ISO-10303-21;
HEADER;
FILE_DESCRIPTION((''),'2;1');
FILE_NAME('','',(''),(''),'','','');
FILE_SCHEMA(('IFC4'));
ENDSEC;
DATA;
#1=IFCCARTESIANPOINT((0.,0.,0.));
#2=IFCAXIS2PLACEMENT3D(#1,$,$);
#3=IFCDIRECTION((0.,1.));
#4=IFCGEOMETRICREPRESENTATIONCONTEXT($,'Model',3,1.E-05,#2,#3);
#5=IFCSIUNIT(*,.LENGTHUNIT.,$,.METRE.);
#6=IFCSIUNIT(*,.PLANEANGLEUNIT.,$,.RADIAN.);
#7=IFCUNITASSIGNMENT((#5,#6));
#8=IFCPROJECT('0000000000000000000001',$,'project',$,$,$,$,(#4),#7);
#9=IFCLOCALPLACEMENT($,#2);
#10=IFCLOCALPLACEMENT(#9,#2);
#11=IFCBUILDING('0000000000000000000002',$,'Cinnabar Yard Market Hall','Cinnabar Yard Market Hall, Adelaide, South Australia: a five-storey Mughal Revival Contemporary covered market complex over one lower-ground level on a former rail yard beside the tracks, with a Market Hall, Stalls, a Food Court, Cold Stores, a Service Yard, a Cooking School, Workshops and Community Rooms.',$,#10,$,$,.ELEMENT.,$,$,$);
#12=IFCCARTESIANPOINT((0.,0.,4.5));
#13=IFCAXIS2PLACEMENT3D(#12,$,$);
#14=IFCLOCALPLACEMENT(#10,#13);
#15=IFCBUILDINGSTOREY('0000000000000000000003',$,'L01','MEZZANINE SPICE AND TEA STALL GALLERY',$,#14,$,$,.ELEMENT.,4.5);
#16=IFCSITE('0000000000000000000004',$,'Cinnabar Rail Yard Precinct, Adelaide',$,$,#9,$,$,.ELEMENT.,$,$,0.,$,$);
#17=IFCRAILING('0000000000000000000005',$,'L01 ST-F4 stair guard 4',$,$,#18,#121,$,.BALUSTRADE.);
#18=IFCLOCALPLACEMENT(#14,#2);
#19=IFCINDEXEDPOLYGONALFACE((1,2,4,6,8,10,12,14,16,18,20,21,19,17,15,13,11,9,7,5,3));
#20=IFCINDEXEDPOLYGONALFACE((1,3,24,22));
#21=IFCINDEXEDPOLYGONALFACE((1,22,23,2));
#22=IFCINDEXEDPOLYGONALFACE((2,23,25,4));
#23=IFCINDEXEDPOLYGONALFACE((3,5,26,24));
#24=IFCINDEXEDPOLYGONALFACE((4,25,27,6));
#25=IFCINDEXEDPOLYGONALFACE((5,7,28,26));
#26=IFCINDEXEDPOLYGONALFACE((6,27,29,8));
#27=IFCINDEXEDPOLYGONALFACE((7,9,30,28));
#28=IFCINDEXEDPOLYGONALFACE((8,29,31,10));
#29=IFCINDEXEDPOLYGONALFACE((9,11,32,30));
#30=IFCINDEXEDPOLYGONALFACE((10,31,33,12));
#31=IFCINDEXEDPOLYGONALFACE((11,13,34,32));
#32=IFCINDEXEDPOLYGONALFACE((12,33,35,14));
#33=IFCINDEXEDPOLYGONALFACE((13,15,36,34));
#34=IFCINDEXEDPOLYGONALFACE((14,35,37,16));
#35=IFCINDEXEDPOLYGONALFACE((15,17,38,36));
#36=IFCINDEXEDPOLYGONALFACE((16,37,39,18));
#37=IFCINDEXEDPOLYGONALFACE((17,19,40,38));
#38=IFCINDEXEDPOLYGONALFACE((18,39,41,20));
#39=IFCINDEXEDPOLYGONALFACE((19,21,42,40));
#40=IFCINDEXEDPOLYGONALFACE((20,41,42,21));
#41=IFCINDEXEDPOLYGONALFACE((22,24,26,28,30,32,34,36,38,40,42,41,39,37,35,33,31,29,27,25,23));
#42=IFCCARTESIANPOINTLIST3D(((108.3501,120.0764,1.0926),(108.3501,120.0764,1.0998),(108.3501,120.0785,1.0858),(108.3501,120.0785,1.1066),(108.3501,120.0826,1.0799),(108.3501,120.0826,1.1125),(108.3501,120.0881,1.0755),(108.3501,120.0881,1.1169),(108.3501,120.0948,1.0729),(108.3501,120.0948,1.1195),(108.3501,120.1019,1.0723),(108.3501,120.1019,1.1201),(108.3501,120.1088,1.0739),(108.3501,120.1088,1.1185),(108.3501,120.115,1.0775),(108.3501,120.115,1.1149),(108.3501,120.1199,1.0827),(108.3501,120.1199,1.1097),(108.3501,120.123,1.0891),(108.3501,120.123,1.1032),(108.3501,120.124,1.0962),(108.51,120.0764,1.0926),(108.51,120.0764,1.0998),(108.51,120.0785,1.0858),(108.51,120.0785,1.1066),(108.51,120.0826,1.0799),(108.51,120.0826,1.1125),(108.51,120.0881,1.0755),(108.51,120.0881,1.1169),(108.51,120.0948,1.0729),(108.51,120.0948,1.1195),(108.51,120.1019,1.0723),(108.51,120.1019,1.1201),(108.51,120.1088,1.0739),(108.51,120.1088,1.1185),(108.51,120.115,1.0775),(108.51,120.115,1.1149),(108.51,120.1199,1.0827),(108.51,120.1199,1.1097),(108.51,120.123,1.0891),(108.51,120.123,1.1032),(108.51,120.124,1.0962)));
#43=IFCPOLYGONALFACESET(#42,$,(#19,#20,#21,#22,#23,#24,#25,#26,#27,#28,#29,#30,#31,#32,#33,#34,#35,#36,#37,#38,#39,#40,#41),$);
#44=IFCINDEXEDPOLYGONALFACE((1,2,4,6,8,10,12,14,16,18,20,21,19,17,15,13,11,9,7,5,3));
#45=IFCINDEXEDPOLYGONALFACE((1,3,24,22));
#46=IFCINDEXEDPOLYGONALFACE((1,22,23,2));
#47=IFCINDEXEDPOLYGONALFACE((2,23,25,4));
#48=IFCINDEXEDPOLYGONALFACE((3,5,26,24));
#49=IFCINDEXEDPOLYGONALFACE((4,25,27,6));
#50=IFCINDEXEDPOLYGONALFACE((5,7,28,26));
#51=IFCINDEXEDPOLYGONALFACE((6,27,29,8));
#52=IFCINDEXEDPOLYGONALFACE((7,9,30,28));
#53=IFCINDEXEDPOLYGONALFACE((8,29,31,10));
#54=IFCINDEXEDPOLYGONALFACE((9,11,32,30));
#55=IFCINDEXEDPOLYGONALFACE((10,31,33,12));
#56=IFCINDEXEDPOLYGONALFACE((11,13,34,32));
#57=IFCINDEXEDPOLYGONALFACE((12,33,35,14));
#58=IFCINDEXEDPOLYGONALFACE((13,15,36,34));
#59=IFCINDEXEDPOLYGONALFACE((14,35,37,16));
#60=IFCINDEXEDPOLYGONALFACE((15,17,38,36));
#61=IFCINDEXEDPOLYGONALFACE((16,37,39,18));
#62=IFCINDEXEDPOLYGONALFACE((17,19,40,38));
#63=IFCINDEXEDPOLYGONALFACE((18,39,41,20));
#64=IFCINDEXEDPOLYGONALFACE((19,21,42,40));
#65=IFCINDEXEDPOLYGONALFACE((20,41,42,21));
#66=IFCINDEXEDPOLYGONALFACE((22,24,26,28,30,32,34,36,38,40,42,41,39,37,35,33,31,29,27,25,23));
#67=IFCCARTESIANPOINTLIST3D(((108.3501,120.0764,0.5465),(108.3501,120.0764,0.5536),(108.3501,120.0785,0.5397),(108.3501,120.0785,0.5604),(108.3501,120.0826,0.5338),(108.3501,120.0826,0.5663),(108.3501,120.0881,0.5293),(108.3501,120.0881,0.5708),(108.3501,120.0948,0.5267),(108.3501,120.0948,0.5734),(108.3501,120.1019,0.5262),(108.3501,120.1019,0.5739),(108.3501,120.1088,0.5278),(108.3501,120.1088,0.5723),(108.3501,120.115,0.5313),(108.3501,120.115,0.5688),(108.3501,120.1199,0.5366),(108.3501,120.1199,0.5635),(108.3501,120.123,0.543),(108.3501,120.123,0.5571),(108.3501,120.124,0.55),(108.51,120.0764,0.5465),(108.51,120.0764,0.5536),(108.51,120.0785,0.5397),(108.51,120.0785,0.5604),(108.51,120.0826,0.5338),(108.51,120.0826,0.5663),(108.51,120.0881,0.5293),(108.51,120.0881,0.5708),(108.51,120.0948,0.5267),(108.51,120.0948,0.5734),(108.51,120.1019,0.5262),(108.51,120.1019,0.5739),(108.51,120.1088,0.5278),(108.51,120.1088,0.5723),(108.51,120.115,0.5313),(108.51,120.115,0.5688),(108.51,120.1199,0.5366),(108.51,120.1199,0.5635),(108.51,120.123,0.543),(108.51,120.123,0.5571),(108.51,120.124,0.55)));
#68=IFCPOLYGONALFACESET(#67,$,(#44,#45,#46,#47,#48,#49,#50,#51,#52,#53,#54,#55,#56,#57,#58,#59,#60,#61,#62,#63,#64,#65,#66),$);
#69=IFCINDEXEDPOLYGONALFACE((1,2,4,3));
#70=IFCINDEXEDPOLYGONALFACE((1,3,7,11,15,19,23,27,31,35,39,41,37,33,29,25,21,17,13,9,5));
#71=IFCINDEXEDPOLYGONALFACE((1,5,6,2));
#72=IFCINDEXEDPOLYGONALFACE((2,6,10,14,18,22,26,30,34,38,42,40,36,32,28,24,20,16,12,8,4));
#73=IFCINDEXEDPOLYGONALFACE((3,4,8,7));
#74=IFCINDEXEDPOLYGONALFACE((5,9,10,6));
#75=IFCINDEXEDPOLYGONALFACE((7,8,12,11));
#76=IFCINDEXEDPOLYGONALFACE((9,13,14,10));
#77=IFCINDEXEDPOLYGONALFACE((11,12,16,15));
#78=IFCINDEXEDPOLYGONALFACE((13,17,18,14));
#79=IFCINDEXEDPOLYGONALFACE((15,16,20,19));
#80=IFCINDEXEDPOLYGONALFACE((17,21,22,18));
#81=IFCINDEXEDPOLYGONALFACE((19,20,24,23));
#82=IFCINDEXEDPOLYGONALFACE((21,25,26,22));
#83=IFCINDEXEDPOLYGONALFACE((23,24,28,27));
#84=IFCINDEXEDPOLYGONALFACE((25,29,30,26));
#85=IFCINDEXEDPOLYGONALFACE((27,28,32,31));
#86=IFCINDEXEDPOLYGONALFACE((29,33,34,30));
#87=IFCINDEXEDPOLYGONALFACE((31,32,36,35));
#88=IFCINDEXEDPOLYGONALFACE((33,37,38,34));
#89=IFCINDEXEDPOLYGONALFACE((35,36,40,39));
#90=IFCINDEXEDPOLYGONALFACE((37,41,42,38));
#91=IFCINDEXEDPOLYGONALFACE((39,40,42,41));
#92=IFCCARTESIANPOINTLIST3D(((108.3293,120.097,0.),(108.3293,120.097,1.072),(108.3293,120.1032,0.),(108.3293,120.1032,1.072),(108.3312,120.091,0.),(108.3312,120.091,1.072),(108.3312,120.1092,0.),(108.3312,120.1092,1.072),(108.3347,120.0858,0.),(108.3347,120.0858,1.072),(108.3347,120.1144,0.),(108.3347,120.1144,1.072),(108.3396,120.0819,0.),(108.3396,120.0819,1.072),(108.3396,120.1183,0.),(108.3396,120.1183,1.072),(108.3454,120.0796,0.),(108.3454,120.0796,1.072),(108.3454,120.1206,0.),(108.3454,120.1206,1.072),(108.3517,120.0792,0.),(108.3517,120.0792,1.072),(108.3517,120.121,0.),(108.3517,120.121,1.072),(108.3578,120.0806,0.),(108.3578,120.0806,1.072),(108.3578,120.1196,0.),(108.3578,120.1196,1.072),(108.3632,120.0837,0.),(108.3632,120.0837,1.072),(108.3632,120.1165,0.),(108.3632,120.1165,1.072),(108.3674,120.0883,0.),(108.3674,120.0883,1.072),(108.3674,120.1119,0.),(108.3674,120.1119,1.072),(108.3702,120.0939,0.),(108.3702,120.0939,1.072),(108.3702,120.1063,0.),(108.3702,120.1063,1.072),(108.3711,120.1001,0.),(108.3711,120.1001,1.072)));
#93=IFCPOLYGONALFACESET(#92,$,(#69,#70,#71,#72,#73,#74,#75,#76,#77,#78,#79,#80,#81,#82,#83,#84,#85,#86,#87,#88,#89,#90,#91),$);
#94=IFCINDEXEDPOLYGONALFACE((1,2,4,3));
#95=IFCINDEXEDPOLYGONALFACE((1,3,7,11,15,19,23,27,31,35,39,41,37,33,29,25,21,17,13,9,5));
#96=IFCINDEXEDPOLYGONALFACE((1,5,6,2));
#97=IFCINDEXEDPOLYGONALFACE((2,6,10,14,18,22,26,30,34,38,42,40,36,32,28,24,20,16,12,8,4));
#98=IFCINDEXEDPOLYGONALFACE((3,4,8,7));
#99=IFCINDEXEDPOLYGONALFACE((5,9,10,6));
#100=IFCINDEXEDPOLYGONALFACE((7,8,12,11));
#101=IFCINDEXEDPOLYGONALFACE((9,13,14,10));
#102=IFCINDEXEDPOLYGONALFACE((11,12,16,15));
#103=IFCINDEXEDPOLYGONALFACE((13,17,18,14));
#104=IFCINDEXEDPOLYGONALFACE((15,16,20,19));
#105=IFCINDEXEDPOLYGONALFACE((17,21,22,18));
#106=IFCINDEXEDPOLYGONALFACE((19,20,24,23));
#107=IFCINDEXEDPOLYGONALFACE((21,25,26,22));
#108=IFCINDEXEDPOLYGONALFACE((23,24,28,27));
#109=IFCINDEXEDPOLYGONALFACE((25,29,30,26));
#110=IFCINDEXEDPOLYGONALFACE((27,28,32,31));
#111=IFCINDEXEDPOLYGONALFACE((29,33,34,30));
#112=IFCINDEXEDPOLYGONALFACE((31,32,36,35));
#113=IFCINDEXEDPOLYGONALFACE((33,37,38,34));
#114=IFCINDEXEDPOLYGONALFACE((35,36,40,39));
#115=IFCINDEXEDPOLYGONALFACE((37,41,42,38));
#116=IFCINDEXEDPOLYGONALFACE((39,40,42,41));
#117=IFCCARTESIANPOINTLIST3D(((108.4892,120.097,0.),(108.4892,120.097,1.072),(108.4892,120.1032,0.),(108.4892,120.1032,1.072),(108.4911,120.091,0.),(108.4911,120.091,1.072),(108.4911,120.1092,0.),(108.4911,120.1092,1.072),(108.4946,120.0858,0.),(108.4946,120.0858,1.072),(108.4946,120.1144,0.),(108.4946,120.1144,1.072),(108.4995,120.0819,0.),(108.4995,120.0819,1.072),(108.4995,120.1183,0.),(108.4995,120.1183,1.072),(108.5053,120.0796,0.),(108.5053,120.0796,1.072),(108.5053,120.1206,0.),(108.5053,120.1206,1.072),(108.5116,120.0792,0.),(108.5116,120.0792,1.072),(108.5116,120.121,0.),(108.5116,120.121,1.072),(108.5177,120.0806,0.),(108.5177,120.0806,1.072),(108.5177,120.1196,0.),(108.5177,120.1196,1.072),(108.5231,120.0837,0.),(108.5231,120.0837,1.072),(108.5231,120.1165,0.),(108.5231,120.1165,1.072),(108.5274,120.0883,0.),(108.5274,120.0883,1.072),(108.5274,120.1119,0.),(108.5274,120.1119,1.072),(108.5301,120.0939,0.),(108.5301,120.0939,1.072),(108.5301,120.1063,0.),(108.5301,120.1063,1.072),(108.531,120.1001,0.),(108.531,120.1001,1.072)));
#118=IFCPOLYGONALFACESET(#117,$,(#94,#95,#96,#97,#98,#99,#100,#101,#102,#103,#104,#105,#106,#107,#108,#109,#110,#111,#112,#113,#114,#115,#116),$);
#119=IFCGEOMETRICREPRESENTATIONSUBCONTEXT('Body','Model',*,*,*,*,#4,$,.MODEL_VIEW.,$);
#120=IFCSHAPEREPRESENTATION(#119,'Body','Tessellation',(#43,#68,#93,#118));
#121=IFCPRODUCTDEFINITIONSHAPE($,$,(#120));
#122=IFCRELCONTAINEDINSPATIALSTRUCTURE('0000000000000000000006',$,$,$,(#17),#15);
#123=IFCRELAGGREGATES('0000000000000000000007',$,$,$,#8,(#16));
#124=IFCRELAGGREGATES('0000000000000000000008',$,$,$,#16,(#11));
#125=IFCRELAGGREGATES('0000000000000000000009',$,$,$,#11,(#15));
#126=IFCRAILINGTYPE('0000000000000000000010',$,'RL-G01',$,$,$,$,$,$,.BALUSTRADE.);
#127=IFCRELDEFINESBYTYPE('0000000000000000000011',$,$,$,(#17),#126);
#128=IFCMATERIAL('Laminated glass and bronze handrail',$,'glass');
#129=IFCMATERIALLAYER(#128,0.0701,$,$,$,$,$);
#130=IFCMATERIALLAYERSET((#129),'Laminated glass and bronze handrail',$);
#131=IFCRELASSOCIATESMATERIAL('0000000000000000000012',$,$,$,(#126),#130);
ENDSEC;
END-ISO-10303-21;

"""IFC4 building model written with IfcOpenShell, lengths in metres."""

from ifc_helpers import new_model, si_unit, direction, frame, origin, origin_2d_with_axis, place, context, subcontext, project, spatial, circle, extrude, material, layer, layer_set, type_object, element, save


model = new_model("IFC4")

# Units and contexts
model_context = context("Model", 3, precision=1e-05, world=origin(), true_north=direction((0.0, 1.0)))
body_context = subcontext(model_context, "Body", "Model", "MODEL_VIEW")
ifc_project = project(units=[si_unit("LENGTHUNIT", "METRE"), si_unit("PLANEANGLEUNIT", "RADIAN")], contexts=[model_context])

# Site, building, storey
site_placement = place(None, origin())
site = spatial("IfcSite", under=ifc_project, at=site_placement, Name="Cinnabar Rail Yard Precinct, Adelaide", CompositionType="ELEMENT", RefElevation=0.0)
building_placement = place(site_placement, origin())
building = spatial("IfcBuilding", under=site, at=building_placement, Name="Cinnabar Yard Market Hall", Description="Cinnabar Yard Market Hall, Adelaide, South Australia: a five-storey Mughal Revival Contemporary covered market complex over one lower-ground level on a former rail yard beside the tracks, with a Market Hall, Stalls, a Food Court, Cold Stores, a Service Yard, a Cooking School, Workshops and Community Rooms.", CompositionType="ELEMENT")
storey_placement = place(building_placement, frame((0.0, 0.0, 4.5)))
storey = spatial("IfcBuildingStorey", under=building, at=storey_placement, Name="L01", Description="MEZZANINE SPICE AND TEA STALL GALLERY", CompositionType="ELEMENT", Elevation=4.5)

# Railing
ifc_material_1 = material(Name="Laminated glass and bronze handrail", Category="glass")
ifc_layer_1 = layer(ifc_material_1, 0.0701)
ifc_layer_set_1 = layer_set([ifc_layer_1], Name="Laminated glass and bronze handrail")
railing_type_1 = type_object("IfcRailingType", Name="RL-G01", PredefinedType="BALUSTRADE", material=ifc_layer_set_1)
railing_1_placement = place(storey_placement, frame((108.3501, 120.1001, 0.0)))
element("IfcRailing", 1, at=railing_1_placement, inside=storey, type_object=railing_type_1, Name="L01 ST-F4 stair guard 4", PredefinedType="BALUSTRADE", context=body_context, shape_type="SweptSolid", body=[
    extrude(circle(Radius=0.0239, at=origin_2d_with_axis()), frame((0.0, 0.0, 1.0962), z_axis=(1.0, 0.0, 0.0), x_axis=(0.0, 1.0, 0.0)), (0.0, 0.0, 1.0), 0.1599),
    extrude(circle(Radius=0.0239, at=origin_2d_with_axis()), frame((0.0, 0.0, 0.55), z_axis=(1.0, 0.0, 0.0), x_axis=(0.0, 1.0, 0.0)), (0.0, 0.0, 1.0), 0.1599),
    extrude(circle(Radius=0.021, at=origin_2d_with_axis()), origin(), (0.0, 0.0, 1.0), 1.072),
    extrude(circle(Radius=0.021, at=origin_2d_with_axis()), frame((0.1599, 0.0, 0.0)), (0.0, 0.0, 1.0), 1.072),
])

save(model, "model.ifc")
